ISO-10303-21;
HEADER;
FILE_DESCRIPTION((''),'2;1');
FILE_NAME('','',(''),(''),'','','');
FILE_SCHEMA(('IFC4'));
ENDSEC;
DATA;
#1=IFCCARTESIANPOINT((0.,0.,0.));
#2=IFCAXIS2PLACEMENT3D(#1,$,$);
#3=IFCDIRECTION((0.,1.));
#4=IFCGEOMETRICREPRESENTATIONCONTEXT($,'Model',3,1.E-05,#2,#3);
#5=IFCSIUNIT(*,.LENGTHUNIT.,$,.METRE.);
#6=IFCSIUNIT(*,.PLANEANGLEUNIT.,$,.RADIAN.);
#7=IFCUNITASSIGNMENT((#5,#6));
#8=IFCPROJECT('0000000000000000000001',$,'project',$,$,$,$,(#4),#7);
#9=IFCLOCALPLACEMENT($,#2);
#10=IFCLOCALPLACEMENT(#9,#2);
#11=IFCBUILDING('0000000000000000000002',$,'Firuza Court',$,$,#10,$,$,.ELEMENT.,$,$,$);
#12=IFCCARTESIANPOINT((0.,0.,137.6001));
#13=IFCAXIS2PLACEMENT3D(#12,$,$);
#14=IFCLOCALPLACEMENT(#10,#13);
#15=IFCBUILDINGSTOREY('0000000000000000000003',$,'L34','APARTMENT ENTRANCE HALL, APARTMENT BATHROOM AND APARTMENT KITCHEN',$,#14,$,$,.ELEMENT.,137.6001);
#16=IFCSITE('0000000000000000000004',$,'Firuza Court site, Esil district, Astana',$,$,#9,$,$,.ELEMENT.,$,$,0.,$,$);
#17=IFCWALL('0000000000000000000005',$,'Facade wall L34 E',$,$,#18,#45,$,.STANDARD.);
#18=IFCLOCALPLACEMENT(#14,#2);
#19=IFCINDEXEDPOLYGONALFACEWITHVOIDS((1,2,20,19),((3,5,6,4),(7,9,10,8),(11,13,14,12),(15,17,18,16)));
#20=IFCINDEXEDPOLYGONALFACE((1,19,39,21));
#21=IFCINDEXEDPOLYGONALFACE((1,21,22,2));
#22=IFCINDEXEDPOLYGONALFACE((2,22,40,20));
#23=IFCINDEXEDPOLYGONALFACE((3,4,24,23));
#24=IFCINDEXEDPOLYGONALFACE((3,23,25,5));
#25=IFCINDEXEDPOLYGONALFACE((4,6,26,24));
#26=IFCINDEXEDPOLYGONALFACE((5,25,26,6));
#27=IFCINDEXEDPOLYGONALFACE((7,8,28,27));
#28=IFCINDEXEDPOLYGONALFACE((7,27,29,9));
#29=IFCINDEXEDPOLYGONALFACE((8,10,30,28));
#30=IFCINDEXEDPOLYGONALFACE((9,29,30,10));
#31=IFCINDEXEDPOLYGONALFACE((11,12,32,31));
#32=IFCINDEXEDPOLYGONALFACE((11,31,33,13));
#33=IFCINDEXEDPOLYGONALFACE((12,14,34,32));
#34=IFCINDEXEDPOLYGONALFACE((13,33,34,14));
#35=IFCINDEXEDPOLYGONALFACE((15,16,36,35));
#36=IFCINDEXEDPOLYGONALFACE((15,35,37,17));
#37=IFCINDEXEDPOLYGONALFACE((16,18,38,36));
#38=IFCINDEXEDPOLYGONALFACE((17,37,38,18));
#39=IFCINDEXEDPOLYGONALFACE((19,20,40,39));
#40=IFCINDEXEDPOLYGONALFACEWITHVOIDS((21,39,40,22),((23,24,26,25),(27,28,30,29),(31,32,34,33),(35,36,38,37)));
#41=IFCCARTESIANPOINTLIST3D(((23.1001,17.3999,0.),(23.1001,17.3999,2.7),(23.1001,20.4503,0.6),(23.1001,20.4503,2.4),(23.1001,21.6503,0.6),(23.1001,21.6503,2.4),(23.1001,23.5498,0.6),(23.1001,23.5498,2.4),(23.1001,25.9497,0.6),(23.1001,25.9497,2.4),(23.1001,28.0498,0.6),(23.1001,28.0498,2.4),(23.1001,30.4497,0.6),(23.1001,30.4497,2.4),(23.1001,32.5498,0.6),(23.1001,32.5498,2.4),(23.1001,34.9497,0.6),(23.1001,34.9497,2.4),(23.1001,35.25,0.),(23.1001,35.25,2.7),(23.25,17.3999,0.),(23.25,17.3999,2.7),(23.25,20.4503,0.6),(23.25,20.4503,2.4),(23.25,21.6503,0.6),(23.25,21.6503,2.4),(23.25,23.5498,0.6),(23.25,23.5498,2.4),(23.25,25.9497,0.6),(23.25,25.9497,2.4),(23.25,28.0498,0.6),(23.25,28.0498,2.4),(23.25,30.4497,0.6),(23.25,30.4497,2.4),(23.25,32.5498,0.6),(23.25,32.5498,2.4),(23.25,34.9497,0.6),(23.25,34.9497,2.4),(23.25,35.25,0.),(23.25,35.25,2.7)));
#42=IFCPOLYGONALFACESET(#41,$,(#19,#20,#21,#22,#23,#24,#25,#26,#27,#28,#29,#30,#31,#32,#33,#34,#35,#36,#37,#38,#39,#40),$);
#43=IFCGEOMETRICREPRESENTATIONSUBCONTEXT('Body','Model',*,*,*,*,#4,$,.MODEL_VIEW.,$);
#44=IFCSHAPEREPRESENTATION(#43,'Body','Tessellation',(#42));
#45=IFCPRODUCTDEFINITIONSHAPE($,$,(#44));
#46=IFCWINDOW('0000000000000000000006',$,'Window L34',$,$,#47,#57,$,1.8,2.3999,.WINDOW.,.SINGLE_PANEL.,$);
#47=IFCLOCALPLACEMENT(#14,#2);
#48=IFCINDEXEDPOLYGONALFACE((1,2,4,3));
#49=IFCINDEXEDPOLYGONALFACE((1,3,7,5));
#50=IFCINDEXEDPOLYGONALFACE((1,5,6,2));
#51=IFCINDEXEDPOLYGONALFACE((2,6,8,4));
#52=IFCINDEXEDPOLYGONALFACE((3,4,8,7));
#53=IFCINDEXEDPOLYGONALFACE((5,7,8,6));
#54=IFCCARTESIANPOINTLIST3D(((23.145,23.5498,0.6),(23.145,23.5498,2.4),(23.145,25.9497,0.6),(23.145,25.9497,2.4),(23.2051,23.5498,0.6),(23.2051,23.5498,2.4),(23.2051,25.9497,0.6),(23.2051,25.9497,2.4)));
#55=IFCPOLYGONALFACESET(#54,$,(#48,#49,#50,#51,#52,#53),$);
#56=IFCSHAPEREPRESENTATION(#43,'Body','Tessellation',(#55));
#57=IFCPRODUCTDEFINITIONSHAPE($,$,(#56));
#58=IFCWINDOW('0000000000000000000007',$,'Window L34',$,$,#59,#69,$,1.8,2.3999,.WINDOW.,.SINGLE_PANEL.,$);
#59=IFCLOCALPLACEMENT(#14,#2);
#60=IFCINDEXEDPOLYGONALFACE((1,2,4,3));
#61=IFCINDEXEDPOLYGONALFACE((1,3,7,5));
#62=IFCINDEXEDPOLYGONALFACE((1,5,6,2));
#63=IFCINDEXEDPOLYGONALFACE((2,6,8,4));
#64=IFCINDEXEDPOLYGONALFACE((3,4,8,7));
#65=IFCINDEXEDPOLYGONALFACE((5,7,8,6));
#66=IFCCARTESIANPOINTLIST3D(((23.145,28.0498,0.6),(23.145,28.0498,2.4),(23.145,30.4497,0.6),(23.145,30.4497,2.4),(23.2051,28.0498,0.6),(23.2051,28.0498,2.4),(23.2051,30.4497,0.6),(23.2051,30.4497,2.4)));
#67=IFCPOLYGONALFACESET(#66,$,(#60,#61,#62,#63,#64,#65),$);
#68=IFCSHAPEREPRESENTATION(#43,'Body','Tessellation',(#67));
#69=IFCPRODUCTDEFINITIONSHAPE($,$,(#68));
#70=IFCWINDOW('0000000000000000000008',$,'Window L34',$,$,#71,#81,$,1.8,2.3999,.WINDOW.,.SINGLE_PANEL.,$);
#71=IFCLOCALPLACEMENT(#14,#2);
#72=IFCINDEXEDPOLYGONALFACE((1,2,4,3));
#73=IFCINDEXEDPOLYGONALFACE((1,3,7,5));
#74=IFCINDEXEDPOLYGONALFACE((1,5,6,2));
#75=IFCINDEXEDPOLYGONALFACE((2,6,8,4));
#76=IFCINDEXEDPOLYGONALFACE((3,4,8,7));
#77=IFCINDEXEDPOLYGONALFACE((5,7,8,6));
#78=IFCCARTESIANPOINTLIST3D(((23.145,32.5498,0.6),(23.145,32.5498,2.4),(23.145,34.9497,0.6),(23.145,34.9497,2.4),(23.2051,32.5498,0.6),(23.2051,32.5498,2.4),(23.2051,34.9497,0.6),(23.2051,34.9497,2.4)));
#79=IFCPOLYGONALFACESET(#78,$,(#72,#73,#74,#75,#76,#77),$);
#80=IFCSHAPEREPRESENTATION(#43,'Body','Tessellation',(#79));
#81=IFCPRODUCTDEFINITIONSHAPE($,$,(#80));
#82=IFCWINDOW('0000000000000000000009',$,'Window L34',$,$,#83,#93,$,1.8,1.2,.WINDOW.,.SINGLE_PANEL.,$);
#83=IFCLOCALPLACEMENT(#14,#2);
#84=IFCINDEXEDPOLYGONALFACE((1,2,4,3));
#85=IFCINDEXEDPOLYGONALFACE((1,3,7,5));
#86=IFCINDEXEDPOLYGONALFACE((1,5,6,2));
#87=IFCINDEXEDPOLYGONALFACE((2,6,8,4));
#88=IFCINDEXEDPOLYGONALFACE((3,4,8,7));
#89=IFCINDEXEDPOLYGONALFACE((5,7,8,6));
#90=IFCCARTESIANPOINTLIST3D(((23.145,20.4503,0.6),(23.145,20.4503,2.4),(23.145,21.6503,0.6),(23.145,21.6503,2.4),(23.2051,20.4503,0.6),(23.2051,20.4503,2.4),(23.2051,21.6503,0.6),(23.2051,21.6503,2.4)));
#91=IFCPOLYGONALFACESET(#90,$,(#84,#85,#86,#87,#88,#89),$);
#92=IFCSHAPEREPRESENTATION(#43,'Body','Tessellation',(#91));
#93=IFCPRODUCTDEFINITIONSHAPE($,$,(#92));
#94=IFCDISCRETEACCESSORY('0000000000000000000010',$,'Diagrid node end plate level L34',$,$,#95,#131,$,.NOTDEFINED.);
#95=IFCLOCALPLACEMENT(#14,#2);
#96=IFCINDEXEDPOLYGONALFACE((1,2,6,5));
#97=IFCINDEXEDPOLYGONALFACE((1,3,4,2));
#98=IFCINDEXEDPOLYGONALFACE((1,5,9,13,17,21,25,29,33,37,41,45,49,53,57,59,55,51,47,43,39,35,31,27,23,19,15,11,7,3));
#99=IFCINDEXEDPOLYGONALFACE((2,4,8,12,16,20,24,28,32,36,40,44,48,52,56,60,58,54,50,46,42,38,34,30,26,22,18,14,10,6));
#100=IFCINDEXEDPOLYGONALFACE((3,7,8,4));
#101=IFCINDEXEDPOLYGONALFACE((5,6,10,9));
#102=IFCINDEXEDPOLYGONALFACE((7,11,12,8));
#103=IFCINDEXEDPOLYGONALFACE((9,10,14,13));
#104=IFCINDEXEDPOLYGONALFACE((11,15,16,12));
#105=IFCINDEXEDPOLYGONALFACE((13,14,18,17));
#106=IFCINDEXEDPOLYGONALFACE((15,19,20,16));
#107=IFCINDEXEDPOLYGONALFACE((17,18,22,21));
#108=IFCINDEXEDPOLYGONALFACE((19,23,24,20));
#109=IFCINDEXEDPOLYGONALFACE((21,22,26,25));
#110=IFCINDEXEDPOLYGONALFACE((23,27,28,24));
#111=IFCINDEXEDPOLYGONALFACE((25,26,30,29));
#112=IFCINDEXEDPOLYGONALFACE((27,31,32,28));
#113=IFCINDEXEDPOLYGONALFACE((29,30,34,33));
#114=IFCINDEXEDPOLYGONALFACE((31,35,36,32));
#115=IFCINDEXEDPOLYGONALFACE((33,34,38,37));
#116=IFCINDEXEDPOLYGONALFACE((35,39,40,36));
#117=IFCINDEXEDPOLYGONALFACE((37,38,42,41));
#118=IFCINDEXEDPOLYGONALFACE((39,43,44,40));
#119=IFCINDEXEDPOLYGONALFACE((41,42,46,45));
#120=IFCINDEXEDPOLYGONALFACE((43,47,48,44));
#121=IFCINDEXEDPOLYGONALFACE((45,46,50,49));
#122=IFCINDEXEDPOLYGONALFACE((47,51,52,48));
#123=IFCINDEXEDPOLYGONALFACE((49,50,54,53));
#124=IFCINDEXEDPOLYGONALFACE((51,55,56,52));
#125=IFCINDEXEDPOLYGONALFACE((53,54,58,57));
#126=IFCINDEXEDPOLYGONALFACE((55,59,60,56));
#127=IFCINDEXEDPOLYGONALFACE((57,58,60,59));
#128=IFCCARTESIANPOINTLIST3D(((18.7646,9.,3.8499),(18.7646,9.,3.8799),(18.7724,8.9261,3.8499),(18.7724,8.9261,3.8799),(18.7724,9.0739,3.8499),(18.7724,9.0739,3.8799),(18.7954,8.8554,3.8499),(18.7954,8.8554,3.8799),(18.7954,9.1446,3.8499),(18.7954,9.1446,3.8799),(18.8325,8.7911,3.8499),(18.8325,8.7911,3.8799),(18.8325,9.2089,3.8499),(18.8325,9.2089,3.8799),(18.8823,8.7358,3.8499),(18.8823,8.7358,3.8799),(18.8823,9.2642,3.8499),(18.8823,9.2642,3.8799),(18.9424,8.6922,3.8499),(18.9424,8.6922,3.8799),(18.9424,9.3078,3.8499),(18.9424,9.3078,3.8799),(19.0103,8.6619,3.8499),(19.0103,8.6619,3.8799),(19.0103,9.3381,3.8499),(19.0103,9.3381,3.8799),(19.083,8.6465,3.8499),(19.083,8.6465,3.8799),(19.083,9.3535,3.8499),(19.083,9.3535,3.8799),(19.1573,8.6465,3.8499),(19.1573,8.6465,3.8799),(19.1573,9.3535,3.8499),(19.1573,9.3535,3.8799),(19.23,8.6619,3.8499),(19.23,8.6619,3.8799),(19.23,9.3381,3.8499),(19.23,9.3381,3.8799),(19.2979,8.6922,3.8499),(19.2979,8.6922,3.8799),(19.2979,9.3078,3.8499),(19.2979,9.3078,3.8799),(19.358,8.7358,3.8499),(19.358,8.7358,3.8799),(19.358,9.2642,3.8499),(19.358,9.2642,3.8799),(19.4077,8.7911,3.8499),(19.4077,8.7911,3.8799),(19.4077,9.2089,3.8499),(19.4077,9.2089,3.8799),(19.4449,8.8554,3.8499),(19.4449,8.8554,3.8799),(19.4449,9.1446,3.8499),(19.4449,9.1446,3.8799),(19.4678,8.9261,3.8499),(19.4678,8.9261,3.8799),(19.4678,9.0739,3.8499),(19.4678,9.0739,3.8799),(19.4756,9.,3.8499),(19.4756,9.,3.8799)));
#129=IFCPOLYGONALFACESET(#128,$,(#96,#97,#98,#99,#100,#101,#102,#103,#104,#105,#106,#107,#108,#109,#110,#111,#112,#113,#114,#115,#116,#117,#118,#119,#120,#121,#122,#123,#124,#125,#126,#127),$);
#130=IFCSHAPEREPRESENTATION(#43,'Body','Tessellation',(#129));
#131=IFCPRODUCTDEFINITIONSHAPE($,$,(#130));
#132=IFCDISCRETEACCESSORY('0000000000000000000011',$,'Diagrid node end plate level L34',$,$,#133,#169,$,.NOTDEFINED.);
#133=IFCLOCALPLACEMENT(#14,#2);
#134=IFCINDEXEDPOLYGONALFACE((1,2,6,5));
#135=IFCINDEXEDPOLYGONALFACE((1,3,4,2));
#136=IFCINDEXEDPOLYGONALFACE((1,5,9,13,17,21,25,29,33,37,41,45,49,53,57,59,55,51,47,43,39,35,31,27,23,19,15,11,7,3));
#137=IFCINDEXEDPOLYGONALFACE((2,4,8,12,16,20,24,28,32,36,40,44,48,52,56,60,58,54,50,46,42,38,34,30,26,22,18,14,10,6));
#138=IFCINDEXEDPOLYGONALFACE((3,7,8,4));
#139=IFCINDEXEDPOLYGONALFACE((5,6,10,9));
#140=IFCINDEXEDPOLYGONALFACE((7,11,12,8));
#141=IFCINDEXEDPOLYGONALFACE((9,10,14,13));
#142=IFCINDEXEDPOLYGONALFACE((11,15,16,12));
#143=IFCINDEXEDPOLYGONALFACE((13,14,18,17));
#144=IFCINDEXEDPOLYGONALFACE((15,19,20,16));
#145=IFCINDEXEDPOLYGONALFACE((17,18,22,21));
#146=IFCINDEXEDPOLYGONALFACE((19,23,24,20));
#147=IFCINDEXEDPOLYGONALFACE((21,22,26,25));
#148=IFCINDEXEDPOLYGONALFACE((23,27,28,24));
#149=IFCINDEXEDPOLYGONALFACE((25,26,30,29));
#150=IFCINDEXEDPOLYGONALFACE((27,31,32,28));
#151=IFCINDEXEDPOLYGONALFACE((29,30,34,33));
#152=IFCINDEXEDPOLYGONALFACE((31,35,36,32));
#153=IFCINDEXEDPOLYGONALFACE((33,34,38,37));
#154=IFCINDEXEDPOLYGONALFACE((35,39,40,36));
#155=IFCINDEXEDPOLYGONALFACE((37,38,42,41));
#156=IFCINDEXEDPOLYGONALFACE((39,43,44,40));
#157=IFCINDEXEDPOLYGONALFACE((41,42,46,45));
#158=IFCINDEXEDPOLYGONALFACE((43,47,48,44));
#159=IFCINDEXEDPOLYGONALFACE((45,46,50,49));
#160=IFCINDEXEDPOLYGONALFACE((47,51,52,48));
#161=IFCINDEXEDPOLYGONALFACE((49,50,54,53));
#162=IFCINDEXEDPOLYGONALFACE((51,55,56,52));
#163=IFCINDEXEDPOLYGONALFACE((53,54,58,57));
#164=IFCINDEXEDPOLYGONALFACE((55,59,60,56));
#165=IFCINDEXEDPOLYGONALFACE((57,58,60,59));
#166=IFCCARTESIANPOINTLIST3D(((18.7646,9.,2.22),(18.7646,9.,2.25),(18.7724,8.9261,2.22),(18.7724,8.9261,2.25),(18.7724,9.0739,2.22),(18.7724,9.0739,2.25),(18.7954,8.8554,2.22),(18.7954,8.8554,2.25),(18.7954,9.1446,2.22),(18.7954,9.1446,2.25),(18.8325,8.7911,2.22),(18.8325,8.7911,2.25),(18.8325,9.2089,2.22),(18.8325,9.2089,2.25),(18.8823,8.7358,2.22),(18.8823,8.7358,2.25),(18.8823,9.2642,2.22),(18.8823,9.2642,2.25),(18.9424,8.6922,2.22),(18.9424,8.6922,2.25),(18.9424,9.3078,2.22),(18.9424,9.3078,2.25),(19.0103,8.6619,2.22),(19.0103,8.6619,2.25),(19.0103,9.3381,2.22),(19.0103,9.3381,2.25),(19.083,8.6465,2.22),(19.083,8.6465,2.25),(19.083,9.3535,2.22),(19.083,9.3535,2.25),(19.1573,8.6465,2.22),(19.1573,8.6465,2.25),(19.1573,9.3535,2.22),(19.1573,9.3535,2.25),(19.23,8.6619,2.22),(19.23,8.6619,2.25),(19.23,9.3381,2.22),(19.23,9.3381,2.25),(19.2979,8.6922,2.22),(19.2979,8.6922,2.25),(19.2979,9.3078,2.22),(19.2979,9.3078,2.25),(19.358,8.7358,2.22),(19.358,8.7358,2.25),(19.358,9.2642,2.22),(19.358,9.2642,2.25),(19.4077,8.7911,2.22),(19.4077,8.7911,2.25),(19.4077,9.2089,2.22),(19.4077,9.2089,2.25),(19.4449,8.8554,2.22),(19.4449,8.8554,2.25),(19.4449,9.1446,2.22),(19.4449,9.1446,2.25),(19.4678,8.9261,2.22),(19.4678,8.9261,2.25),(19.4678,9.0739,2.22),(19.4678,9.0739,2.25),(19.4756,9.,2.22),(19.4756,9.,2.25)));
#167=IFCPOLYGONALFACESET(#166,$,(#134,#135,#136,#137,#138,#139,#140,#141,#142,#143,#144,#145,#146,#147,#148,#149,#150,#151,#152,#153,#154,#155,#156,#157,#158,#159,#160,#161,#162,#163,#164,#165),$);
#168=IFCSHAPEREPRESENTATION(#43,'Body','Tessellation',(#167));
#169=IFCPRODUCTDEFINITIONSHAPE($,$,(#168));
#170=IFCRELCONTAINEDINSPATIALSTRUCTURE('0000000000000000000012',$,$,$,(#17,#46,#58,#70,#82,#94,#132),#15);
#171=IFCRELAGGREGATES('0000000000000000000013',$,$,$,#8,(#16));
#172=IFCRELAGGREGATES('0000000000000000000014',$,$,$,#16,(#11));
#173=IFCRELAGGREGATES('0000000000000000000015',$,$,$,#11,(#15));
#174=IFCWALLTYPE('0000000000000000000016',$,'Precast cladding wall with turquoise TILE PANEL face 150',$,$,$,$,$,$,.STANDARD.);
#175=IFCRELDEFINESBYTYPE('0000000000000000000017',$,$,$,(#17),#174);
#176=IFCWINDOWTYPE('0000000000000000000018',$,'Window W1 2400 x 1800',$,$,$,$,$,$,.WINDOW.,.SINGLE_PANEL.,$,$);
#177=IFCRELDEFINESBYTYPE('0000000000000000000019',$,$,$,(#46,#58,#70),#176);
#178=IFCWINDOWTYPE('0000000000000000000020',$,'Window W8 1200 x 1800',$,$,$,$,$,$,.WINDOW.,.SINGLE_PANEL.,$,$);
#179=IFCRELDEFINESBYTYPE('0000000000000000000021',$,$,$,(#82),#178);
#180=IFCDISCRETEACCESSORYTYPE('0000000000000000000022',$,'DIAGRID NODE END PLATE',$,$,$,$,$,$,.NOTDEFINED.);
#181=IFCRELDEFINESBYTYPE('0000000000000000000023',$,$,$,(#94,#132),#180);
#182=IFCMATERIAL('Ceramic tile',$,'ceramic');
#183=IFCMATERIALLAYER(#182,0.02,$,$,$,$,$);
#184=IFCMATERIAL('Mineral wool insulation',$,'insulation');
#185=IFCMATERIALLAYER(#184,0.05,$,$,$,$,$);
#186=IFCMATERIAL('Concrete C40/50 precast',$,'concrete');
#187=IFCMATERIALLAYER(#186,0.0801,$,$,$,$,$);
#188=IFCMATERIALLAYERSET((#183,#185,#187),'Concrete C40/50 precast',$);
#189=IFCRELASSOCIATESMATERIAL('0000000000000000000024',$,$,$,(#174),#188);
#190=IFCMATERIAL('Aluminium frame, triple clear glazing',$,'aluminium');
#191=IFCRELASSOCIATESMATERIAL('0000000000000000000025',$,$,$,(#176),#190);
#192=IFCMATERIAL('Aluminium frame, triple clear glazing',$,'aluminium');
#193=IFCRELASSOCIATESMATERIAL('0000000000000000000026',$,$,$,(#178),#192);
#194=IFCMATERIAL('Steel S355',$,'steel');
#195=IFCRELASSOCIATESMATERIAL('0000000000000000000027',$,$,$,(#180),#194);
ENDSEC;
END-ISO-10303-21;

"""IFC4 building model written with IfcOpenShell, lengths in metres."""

from ifc_helpers import new_model, si_unit, direction, frame, frame_2d, origin, origin_2d, place, context, subcontext, project, spatial, rectangle, circle, extrude, material, layer, layer_set, material_profile, profile_set, type_object, element, fill, save


model = new_model("IFC4")

# Units and contexts
model_context = context("Model", 3, precision=1e-05, world=origin(), true_north=direction((0.0, 1.0)))
body_context = subcontext(model_context, "Body", "Model", "MODEL_VIEW")
ifc_project = project(units=[si_unit("LENGTHUNIT", "METRE"), si_unit("PLANEANGLEUNIT", "RADIAN")], contexts=[model_context])

# Site, building, storey
site_placement = place(None, origin())
site = spatial("IfcSite", under=ifc_project, at=site_placement, Name="Firuza Court site, Esil district, Astana", CompositionType="ELEMENT", RefElevation=0.0)
building_placement = place(site_placement, origin())
building = spatial("IfcBuilding", under=site, at=building_placement, Name="Firuza Court", CompositionType="ELEMENT")
storey_placement = place(building_placement, frame((0.0, 0.0, 137.6001)))
storey = spatial("IfcBuildingStorey", under=building, at=storey_placement, Name="L34", Description="APARTMENT ENTRANCE HALL, APARTMENT BATHROOM AND APARTMENT KITCHEN", CompositionType="ELEMENT", Elevation=137.6001)

# Shared definitions
ifc_material_1 = material(Name="Ceramic tile", Category="ceramic")
ifc_layer_1 = layer(ifc_material_1, 0.02)
ifc_material_2 = material(Name="Mineral wool insulation", Category="insulation")
ifc_layer_2 = layer(ifc_material_2, 0.05)
ifc_material_3 = material(Name="Concrete C40/50 precast", Category="concrete")
ifc_layer_3 = layer(ifc_material_3, 0.0801)
ifc_layer_set = layer_set([ifc_layer_1, ifc_layer_2, ifc_layer_3], Name="Concrete C40/50 precast")
wall_type = type_object("IfcWallType", Name="Precast cladding wall with turquoise TILE PANEL face 150", PredefinedType="STANDARD", material=ifc_layer_set)
ifc_material_4 = material(Name="Aluminium frame, triple clear glazing", Category="aluminium")
window_type_1 = type_object("IfcWindowType", Name="Window W1 2400 x 1800", PartitioningType="SINGLE_PANEL", PredefinedType="WINDOW", material=ifc_material_4)

# Wall, openings, windows
wall_1_placement = place(storey_placement, frame((23.175, 17.3999, 0.0), z_axis=(0.0, 0.0, 1.0), x_axis=(0.0, 1.0, 0.0)))
wall_1 = element("IfcWall", 1, at=wall_1_placement, inside=storey, type_object=wall_type, Name="Facade wall L34 E", PredefinedType="STANDARD", context=body_context, shape_type="SweptSolid", body=[
    extrude(rectangle(XDim=17.8501, YDim=0.1499, at=frame_2d((8.925, 0.0))), origin(), (0.0, 0.0, 1.0), 2.7),
])
opening_1_placement = place(wall_1_placement, frame((3.0503, 0.0, 0.6001)))
opening_1 = element("IfcOpeningElement", 2, at=opening_1_placement, cuts=wall_1, PredefinedType="OPENING", context=body_context, shape_type="SweptSolid", body=[
    extrude(rectangle(XDim=1.2, YDim=1.8, at=frame_2d((0.6001, 0.8999))), frame((0.0, 0.0869, 0.0), z_axis=(0.0, -1.0, 0.0), x_axis=(1.0, 0.0, 0.0)), (0.0, 0.0, 1.0), 0.1738),
])
opening_2_placement = place(wall_1_placement, frame((6.1499, 0.0, 0.6001)))
opening_2 = element("IfcOpeningElement", 3, at=opening_2_placement, cuts=wall_1, PredefinedType="OPENING", context=body_context, shape_type="SweptSolid", body=[
    extrude(rectangle(XDim=2.3999, YDim=1.8, at=frame_2d((1.2, 0.8999))), frame((0.0, 0.0869, 0.0), z_axis=(0.0, -1.0, 0.0), x_axis=(1.0, 0.0, 0.0)), (0.0, 0.0, 1.0), 0.1738),
])
opening_3_placement = place(wall_1_placement, frame((10.6499, 0.0, 0.6001)))
opening_3 = element("IfcOpeningElement", 4, at=opening_3_placement, cuts=wall_1, PredefinedType="OPENING", context=body_context, shape_type="SweptSolid", body=[
    extrude(rectangle(XDim=2.3999, YDim=1.8, at=frame_2d((1.2, 0.8999))), frame((0.0, 0.0869, 0.0), z_axis=(0.0, -1.0, 0.0), x_axis=(1.0, 0.0, 0.0)), (0.0, 0.0, 1.0), 0.1738),
])
opening_4_placement = place(wall_1_placement, frame((15.1499, 0.0, 0.6001)))
opening_4 = element("IfcOpeningElement", 5, at=opening_4_placement, cuts=wall_1, PredefinedType="OPENING", context=body_context, shape_type="SweptSolid", body=[
    extrude(rectangle(XDim=2.3999, YDim=1.8, at=frame_2d((1.2, 0.8999))), frame((0.0, 0.0869, 0.0), z_axis=(0.0, -1.0, 0.0), x_axis=(1.0, 0.0, 0.0)), (0.0, 0.0, 1.0), 0.1738),
])
window_1_placement = place(opening_2_placement, origin())
window_1 = element("IfcWindow", 6, at=window_1_placement, inside=storey, type_object=window_type_1, Name="Window L34", OverallHeight=1.8, OverallWidth=2.3999, PartitioningType="SINGLE_PANEL", PredefinedType="WINDOW", context=body_context, shape_type="SweptSolid", body=[
    extrude(rectangle(XDim=2.3999, YDim=1.8, at=frame_2d((1.2, 0.8999))), frame((0.0, 0.03, 0.0), z_axis=(0.0, -1.0, 0.0), x_axis=(1.0, 0.0, 0.0)), (0.0, 0.0, 1.0), 0.0601),
])
fill(opening_2, window_1)
window_2_placement = place(opening_3_placement, origin())
window_2 = element("IfcWindow", 7, at=window_2_placement, inside=storey, type_object=window_type_1, Name="Window L34", OverallHeight=1.8, OverallWidth=2.3999, PartitioningType="SINGLE_PANEL", PredefinedType="WINDOW", context=body_context, shape_type="SweptSolid", body=[
    extrude(rectangle(XDim=2.3999, YDim=1.8, at=frame_2d((1.2, 0.8999))), frame((0.0, 0.03, 0.0), z_axis=(0.0, -1.0, 0.0), x_axis=(1.0, 0.0, 0.0)), (0.0, 0.0, 1.0), 0.0601),
])
fill(opening_3, window_2)
window_3_placement = place(opening_4_placement, origin())
window_3 = element("IfcWindow", 8, at=window_3_placement, inside=storey, type_object=window_type_1, Name="Window L34", OverallHeight=1.8, OverallWidth=2.3999, PartitioningType="SINGLE_PANEL", PredefinedType="WINDOW", context=body_context, shape_type="SweptSolid", body=[
    extrude(rectangle(XDim=2.3999, YDim=1.8, at=frame_2d((1.2, 0.8999))), frame((0.0, 0.03, 0.0), z_axis=(0.0, -1.0, 0.0), x_axis=(1.0, 0.0, 0.0)), (0.0, 0.0, 1.0), 0.0601),
])
fill(opening_4, window_3)
ifc_material_5 = material(Name="Aluminium frame, triple clear glazing", Category="aluminium")
window_type_2 = type_object("IfcWindowType", Name="Window W8 1200 x 1800", PartitioningType="SINGLE_PANEL", PredefinedType="WINDOW", material=ifc_material_5)
window_4_placement = place(opening_1_placement, origin())
window_4 = element("IfcWindow", 9, at=window_4_placement, inside=storey, type_object=window_type_2, Name="Window L34", OverallHeight=1.8, OverallWidth=1.2, PartitioningType="SINGLE_PANEL", PredefinedType="WINDOW", context=body_context, shape_type="SweptSolid", body=[
    extrude(rectangle(XDim=1.2, YDim=1.8, at=frame_2d((0.6001, 0.8999))), frame((0.0, 0.03, 0.0), z_axis=(0.0, -1.0, 0.0), x_axis=(1.0, 0.0, 0.0)), (0.0, 0.0, 1.0), 0.0601),
])
fill(opening_1, window_4)

# Discrete accessories
ifc_material_6 = material(Name="Steel S355", Category="steel")
ifc_material_profile_1 = material_profile(ifc_material_6, circle(Radius=0.3555, at=origin_2d()), Name="PL D711")
ifc_profile_set_1 = profile_set([ifc_material_profile_1], Name="Steel S355")
discrete_accessory_type = type_object("IfcDiscreteAccessoryType", Name="DIAGRID NODE END PLATE", PredefinedType="NOTDEFINED", material=ifc_profile_set_1)
for number, where, z_axis, x_axis, name in (
    (10, (19.1201, 9.0, 3.8499), (0.0, 0.0, 1.0), (1.0, 0.0, 0.0), "Diagrid node end plate level L34"),
    (11, (19.1201, 9.0, 2.22), (0.0, 0.0, 1.0), (1.0, 0.0, 0.0), "Diagrid node end plate level L34"),
):
    element("IfcDiscreteAccessory", number, at=place(storey_placement, frame(where, z_axis=z_axis, x_axis=x_axis)), inside=storey, type_object=discrete_accessory_type, Name=name, PredefinedType="NOTDEFINED", context=body_context, shape_type="SweptSolid", body=[
        extrude(circle(Radius=0.3555, at=origin_2d()), origin(), (0.0, 0.0, 1.0), 0.03),
    ])

save(model, "model.ifc")
